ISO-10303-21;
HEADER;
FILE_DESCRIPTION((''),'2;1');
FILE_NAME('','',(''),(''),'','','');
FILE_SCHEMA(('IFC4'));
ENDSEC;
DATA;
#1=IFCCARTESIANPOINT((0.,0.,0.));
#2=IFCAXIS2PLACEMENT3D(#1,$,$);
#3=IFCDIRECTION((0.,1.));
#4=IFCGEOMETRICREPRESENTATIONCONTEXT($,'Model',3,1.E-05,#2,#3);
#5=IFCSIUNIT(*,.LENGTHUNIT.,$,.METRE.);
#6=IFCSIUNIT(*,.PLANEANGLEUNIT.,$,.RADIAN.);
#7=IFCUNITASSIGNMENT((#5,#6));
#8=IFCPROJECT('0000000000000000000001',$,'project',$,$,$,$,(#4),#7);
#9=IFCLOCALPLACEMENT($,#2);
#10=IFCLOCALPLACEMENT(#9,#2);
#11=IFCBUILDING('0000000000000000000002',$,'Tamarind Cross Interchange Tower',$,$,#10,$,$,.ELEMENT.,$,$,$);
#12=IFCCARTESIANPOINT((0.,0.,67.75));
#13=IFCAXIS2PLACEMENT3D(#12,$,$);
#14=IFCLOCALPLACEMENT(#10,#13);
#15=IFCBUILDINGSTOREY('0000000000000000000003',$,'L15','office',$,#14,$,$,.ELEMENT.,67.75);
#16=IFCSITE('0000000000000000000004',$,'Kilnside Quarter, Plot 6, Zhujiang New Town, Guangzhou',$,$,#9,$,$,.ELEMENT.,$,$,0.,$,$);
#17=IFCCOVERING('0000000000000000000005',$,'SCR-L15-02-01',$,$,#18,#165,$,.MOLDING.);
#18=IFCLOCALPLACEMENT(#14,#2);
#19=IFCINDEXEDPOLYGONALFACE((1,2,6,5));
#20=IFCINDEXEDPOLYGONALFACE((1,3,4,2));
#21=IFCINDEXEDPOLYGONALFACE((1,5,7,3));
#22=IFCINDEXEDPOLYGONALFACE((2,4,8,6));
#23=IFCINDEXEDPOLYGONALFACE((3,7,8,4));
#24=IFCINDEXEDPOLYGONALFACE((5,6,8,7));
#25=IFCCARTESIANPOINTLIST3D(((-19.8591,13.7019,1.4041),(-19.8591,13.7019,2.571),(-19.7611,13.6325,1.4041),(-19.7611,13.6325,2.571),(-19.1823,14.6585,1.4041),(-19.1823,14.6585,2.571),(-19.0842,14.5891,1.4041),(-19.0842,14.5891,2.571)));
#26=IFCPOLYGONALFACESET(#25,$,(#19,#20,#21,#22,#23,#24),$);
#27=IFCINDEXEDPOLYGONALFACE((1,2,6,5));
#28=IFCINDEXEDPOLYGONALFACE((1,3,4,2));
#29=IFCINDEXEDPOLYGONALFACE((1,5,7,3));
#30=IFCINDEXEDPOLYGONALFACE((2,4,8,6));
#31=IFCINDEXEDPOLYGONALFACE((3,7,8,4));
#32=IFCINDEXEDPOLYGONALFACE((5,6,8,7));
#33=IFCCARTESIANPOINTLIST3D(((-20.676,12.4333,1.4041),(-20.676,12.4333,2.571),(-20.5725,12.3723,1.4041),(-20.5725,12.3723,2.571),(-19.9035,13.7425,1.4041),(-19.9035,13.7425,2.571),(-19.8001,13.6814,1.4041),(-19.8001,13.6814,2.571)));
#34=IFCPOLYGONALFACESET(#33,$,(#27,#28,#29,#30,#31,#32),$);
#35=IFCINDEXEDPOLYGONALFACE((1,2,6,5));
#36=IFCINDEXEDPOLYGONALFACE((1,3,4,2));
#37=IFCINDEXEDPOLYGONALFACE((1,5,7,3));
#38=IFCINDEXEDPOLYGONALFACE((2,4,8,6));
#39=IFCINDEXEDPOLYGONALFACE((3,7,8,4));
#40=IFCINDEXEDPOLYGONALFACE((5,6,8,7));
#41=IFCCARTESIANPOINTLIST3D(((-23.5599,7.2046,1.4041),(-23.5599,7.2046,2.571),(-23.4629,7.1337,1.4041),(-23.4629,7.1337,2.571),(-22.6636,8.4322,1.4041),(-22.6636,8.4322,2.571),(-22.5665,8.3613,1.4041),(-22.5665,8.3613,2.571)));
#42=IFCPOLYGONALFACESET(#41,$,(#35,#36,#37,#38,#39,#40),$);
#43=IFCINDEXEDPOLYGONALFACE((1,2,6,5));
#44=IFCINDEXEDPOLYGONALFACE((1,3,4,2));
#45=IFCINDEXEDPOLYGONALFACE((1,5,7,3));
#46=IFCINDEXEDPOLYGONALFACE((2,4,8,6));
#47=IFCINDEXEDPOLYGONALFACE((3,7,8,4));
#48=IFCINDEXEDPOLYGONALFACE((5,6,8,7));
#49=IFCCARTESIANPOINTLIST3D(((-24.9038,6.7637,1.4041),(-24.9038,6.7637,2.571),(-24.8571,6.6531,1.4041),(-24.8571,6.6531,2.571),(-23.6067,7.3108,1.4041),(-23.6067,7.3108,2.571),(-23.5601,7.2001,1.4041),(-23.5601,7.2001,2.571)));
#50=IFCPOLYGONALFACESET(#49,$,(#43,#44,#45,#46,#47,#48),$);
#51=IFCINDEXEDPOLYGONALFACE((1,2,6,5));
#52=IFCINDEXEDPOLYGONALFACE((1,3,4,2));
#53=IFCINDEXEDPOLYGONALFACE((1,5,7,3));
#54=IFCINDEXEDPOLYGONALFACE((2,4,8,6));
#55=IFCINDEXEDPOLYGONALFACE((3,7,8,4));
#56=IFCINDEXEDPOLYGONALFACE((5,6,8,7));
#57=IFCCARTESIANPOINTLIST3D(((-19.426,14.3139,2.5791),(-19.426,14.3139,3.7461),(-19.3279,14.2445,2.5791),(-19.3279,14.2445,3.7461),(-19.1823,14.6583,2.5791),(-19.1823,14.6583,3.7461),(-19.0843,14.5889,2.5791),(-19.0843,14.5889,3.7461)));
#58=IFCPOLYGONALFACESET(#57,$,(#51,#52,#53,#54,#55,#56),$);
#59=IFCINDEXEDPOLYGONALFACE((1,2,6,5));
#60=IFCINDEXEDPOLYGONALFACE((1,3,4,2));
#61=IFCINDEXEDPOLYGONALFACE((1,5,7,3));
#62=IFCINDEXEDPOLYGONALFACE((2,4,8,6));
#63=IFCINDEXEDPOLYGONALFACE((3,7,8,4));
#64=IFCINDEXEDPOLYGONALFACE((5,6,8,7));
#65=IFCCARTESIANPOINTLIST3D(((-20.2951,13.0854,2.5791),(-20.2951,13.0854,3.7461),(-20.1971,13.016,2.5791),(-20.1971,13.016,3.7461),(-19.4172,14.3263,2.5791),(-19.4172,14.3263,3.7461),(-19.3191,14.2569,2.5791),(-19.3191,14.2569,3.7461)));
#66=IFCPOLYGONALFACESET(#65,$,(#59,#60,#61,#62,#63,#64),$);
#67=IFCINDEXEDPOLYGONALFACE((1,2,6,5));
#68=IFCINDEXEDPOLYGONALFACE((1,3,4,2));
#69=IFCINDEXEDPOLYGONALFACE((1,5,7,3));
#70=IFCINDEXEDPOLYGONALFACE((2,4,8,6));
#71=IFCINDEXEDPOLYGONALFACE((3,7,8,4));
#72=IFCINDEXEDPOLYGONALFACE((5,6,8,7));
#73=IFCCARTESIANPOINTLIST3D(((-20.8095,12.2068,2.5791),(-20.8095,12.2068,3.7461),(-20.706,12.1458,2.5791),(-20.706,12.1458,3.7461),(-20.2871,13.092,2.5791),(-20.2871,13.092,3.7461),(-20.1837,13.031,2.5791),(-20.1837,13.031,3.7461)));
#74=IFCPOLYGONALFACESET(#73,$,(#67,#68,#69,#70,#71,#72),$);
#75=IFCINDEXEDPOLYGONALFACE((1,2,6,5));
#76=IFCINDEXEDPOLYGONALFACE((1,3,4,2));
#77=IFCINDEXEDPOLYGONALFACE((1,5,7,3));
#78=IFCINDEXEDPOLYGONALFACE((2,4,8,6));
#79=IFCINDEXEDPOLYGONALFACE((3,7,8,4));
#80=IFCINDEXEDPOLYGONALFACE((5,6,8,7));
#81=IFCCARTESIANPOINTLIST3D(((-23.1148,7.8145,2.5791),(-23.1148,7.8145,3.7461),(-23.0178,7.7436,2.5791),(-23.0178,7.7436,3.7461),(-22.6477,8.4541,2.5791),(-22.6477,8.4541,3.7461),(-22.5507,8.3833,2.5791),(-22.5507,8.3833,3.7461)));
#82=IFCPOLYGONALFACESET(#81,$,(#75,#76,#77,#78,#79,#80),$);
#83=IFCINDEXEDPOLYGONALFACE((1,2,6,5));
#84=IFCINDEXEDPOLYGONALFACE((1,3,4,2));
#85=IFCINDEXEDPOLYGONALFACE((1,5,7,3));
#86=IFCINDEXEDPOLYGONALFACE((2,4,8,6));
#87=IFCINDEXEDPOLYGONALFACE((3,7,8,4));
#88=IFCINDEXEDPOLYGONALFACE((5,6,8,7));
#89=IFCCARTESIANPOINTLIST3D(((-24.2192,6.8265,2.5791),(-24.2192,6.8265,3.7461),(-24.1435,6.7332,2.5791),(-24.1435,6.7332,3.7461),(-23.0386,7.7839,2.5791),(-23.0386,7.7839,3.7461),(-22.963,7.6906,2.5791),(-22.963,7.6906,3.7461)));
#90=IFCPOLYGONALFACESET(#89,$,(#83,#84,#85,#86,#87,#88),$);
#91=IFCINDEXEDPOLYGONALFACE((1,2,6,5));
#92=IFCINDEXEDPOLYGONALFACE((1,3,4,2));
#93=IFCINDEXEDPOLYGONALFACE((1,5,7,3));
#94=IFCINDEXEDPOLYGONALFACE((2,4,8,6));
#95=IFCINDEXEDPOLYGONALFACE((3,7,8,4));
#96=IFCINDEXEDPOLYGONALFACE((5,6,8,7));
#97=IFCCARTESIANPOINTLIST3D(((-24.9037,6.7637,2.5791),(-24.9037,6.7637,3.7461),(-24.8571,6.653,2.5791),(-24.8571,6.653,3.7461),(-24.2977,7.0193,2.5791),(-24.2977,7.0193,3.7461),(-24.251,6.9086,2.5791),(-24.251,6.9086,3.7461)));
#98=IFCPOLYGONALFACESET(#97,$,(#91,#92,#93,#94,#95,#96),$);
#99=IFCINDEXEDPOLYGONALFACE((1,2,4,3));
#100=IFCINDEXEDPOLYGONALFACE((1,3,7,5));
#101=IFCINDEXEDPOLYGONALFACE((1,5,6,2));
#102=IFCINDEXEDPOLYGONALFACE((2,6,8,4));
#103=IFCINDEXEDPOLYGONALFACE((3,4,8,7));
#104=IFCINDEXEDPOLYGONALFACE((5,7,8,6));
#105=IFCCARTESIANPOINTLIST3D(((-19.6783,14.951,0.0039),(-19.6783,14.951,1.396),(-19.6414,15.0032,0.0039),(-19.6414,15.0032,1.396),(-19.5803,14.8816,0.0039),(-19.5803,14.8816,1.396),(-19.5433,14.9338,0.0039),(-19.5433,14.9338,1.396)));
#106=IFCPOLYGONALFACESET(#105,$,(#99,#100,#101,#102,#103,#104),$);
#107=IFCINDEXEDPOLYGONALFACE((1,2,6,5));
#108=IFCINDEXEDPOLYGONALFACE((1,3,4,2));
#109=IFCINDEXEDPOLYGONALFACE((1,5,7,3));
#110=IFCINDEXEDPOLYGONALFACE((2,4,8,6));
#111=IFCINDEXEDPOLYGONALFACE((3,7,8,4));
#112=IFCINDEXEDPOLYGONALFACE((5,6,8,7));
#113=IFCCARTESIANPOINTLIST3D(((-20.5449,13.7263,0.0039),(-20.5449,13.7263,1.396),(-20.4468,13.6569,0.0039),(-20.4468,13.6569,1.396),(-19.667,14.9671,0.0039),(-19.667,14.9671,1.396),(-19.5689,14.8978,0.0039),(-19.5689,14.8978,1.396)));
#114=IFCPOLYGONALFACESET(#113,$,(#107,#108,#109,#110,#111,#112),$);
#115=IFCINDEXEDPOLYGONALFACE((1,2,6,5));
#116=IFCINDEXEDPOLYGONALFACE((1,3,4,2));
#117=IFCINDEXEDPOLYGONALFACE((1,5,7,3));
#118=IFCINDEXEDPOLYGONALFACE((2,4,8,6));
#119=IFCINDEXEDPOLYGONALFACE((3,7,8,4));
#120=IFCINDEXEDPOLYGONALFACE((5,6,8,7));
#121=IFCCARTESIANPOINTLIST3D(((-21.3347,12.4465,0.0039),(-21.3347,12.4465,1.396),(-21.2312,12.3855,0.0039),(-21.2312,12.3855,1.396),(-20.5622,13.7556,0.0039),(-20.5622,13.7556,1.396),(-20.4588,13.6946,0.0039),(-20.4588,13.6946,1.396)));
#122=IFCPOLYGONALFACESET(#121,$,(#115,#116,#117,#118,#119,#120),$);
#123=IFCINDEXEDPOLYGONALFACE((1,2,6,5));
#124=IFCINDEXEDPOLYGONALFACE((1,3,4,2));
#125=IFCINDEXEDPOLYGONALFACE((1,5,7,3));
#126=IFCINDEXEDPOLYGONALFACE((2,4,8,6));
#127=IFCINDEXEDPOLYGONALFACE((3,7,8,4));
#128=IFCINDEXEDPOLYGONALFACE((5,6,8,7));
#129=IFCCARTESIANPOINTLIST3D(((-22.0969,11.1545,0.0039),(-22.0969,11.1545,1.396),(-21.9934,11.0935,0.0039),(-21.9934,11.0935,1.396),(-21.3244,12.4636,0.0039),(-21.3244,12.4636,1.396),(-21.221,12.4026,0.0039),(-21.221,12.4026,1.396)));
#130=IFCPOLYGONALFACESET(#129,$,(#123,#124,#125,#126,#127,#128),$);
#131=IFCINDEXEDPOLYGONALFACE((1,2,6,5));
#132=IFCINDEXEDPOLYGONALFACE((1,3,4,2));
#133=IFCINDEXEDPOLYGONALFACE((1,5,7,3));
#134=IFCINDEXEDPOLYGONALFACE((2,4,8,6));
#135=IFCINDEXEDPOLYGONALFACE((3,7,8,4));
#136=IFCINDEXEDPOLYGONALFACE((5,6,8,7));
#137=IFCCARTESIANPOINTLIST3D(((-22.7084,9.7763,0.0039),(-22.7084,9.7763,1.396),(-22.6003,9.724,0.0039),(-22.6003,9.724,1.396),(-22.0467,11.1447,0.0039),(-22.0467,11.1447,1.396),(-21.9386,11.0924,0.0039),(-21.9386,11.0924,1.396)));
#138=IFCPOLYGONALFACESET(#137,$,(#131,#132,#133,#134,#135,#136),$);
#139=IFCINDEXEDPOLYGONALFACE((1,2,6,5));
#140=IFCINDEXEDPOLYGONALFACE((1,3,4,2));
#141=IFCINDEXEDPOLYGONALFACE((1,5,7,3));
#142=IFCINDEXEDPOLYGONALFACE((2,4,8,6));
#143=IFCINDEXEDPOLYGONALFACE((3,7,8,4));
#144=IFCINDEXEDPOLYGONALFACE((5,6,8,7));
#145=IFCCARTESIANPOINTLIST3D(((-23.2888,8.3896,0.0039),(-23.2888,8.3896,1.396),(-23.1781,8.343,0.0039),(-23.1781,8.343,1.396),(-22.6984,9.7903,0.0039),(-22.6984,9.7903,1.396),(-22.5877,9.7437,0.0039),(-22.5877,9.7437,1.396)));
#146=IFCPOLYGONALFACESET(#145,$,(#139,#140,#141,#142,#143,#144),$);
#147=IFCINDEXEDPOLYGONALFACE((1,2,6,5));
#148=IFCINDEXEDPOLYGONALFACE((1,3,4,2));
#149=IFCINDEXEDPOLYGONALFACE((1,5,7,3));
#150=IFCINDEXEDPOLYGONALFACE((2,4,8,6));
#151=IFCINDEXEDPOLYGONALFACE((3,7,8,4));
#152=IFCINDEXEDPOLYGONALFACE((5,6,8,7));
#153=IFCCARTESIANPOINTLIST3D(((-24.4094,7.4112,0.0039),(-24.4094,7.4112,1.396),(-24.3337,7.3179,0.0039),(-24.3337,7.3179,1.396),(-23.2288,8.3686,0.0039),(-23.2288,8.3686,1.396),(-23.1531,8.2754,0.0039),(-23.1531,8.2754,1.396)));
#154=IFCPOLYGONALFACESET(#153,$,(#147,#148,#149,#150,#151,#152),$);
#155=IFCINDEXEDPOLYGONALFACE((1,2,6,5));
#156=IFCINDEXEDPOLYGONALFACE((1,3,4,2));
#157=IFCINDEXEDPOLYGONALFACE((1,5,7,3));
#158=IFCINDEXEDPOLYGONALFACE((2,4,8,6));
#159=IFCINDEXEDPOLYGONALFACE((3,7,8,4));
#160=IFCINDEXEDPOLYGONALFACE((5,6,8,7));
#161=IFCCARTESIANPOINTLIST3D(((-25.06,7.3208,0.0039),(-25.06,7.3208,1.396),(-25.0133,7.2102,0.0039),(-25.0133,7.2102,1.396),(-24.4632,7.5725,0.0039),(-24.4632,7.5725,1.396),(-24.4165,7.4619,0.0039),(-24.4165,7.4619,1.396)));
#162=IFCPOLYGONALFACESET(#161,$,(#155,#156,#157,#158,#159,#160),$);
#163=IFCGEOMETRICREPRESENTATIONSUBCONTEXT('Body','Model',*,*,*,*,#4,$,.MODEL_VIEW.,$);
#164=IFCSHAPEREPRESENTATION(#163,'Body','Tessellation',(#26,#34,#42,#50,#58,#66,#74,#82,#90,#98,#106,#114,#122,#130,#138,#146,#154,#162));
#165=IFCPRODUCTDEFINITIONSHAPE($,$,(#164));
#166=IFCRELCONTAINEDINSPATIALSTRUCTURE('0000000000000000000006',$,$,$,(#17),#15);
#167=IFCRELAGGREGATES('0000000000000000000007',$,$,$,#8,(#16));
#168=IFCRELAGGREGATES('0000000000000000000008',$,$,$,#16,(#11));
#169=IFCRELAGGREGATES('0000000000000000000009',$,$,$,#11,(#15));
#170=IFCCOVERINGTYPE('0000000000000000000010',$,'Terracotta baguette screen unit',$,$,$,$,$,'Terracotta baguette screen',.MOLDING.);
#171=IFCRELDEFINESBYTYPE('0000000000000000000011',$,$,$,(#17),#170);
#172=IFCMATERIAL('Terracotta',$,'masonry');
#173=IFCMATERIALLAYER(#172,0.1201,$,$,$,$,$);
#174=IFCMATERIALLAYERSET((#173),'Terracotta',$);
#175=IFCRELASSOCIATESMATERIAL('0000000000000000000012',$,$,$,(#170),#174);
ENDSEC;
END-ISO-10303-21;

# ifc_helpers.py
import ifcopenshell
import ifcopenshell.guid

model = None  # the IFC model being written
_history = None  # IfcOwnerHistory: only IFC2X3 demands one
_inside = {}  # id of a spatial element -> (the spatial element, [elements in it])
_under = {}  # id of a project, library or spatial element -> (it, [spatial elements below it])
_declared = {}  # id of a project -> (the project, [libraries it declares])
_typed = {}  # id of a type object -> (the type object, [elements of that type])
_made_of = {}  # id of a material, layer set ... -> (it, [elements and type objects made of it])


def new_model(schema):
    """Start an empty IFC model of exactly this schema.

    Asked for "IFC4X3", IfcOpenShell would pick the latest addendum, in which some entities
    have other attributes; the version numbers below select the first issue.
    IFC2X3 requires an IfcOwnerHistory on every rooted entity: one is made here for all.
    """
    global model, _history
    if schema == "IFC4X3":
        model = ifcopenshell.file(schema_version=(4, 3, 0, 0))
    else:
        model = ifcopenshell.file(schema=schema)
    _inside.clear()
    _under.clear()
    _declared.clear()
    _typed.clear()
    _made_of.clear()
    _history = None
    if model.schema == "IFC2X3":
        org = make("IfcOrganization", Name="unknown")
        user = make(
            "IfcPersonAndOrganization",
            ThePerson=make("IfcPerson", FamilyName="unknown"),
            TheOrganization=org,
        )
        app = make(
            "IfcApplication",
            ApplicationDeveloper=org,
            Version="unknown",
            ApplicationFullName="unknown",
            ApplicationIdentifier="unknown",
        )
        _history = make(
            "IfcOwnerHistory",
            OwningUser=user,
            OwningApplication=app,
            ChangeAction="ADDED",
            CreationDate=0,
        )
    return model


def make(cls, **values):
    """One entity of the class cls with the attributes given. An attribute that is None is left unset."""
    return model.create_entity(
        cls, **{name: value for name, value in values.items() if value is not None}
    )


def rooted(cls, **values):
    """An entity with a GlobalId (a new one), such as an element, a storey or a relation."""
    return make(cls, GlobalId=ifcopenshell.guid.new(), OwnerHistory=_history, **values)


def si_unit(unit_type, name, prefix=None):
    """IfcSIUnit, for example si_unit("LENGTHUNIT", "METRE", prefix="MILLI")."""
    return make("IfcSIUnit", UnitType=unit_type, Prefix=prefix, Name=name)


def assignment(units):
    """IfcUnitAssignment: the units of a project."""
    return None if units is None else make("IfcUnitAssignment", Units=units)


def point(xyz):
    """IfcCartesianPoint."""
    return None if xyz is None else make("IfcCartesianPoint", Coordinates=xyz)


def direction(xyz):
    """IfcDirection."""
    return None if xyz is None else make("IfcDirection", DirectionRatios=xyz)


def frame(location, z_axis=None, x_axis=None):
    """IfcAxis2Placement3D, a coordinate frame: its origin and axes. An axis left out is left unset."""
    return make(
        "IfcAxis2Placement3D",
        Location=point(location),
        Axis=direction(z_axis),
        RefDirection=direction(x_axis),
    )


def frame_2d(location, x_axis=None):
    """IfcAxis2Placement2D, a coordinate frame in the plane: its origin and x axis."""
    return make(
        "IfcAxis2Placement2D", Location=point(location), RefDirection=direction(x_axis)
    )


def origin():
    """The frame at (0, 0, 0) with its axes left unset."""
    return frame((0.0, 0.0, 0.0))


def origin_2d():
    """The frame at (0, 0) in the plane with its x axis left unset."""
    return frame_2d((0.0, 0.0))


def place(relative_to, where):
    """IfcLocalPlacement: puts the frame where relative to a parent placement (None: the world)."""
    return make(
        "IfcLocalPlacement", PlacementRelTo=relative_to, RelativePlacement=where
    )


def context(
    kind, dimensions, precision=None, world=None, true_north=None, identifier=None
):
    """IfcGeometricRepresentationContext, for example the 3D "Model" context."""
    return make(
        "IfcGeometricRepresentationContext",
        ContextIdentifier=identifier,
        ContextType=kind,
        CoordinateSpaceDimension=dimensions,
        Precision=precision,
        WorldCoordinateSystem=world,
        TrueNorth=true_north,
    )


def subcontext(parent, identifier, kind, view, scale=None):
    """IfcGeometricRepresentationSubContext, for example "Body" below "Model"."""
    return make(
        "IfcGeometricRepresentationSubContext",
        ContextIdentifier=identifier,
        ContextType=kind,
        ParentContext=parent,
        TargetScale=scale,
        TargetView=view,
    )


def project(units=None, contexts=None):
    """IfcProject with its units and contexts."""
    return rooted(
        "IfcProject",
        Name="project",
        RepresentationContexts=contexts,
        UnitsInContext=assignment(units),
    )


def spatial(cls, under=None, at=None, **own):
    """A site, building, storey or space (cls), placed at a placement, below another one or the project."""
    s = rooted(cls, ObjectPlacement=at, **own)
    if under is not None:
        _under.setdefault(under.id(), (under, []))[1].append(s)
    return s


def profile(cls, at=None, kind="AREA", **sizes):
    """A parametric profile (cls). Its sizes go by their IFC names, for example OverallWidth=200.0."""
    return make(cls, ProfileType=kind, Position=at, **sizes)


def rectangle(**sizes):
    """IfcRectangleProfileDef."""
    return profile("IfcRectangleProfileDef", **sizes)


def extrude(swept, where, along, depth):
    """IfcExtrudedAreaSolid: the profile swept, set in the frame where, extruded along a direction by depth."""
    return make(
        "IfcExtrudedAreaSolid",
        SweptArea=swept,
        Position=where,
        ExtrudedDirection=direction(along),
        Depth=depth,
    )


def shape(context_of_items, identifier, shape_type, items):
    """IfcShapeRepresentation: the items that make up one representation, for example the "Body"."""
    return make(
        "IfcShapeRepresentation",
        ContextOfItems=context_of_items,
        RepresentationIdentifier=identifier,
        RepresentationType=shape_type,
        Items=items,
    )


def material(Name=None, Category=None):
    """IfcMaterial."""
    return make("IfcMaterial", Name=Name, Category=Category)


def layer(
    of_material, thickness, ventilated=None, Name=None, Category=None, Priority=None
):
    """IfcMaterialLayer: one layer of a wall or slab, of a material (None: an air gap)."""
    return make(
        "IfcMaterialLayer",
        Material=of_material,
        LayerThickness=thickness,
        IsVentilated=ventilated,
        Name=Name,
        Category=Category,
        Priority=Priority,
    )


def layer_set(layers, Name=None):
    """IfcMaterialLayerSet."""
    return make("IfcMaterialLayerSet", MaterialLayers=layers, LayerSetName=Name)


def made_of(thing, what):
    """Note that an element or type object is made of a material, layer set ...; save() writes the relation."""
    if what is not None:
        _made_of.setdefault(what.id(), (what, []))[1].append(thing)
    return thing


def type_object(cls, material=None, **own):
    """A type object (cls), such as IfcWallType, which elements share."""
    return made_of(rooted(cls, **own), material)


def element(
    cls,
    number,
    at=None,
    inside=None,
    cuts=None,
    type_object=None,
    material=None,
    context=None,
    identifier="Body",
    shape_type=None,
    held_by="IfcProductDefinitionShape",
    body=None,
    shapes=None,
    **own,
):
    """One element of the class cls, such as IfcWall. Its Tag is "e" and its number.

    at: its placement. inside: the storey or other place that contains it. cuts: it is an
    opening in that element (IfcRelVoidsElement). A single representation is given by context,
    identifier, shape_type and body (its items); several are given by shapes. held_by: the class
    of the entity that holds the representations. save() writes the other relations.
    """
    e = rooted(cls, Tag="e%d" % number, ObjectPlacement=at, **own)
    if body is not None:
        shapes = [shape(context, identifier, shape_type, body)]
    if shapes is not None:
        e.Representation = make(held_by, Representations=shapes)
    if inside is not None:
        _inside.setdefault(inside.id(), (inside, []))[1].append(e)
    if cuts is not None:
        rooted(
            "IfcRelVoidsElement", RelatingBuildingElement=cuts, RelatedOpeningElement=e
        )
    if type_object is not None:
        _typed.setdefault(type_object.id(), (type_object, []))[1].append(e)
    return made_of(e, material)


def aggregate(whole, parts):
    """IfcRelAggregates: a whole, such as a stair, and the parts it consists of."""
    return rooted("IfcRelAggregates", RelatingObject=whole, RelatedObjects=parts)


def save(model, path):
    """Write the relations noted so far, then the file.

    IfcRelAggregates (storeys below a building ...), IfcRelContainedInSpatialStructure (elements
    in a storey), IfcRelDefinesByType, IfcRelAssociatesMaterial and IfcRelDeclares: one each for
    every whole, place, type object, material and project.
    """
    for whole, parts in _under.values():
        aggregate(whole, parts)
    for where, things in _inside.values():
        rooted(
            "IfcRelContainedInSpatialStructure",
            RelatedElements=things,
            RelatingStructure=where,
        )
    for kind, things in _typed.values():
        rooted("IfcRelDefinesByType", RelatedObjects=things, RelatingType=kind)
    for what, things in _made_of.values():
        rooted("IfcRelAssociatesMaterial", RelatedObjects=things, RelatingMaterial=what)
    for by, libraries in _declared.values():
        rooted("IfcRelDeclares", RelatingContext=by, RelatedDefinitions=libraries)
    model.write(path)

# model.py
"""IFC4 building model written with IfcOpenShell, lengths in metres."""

from ifc_helpers import new_model, si_unit, direction, frame, origin, origin_2d, place, context, subcontext, project, spatial, rectangle, extrude, material, layer, layer_set, type_object, element, save


model = new_model("IFC4")

# Units and contexts
model_context = context("Model", 3, precision=1e-05, world=origin(), true_north=direction((0.0, 1.0)))
body_context = subcontext(model_context, "Body", "Model", "MODEL_VIEW")
ifc_project = project(units=[si_unit("LENGTHUNIT", "METRE"), si_unit("PLANEANGLEUNIT", "RADIAN")], contexts=[model_context])

# Site, building, storey
site_placement = place(None, origin())
site = spatial("IfcSite", under=ifc_project, at=site_placement, Name="Kilnside Quarter, Plot 6, Zhujiang New Town, Guangzhou", CompositionType="ELEMENT", RefElevation=0.0)
building_placement = place(site_placement, origin())
building = spatial("IfcBuilding", under=site, at=building_placement, Name="Tamarind Cross Interchange Tower", CompositionType="ELEMENT")
storey_placement = place(building_placement, frame((0.0, 0.0, 67.75)))
storey = spatial("IfcBuildingStorey", under=building, at=storey_placement, Name="L15", Description="office", CompositionType="ELEMENT", Elevation=67.75)

# Covering
ifc_material_1 = material(Name="Terracotta", Category="masonry")
ifc_layer_1 = layer(ifc_material_1, 0.1201)
ifc_layer_set_1 = layer_set([ifc_layer_1], Name="Terracotta")
covering_type = type_object("IfcCoveringType", Name="Terracotta baguette screen unit", ElementType="Terracotta baguette screen", PredefinedType="MOLDING", material=ifc_layer_set_1)
covering_1_placement = place(storey_placement, origin())
element("IfcCovering", 1, at=covering_1_placement, inside=storey, type_object=covering_type, Name="SCR-L15-02-01", PredefinedType="MOLDING", context=body_context, shape_type="SweptSolid", body=[
    extrude(rectangle(XDim=1.1719, YDim=0.1201, at=origin_2d()), frame((-19.4717, 14.1455, 1.4041), z_axis=(0.0, 0.0, 1.0), x_axis=(-0.577569, -0.816342, 0.0)), (0.0, 0.0, 1.0), 1.167),
    extrude(rectangle(XDim=1.52, YDim=0.1201, at=origin_2d()), frame((-20.238, 13.0574, 1.4041), z_axis=(0.0, 0.0, 1.0), x_axis=(-0.508183, -0.861249, 0.0)), (0.0, 0.0, 1.0), 1.167),
    extrude(rectangle(XDim=1.52, YDim=0.1201, at=origin_2d()), frame((-23.0632, 7.783, 1.4041), z_axis=(0.0, 0.0, 1.0), x_axis=(-0.589705, -0.807619, 0.0)), (0.0, 0.0, 1.0), 1.167),
    extrude(rectangle(XDim=1.4077, YDim=0.1201, at=origin_2d()), frame((-24.2319, 6.9819, 1.4041), z_axis=(0.0, 0.0, 1.0), x_axis=(-0.921404, -0.388606, 0.0)), (0.0, 0.0, 1.0), 1.167),
    extrude(rectangle(XDim=0.4219, YDim=0.1201, at=origin_2d()), frame((-19.2551, 14.4514, 2.5791), z_axis=(0.0, 0.0, 1.0), x_axis=(-0.577569, -0.816342, 0.0)), (0.0, 0.0, 1.0), 1.167),
    extrude(rectangle(XDim=1.52, YDim=0.1201, at=origin_2d()), frame((-19.8071, 13.6711, 2.5791), z_axis=(0.0, 0.0, 1.0), x_axis=(-0.577569, -0.816342, 0.0)), (0.0, 0.0, 1.0), 1.167),
    extrude(rectangle(XDim=1.0278, YDim=0.1201, at=origin_2d()), frame((-20.4966, 12.6189, 2.5791), z_axis=(0.0, 0.0, 1.0), x_axis=(-0.508183, -0.861249, 0.0)), (0.0, 0.0, 1.0), 1.167),
    extrude(rectangle(XDim=0.792, YDim=0.1201, at=origin_2d()), frame((-22.8328, 8.0989, 2.5791), z_axis=(0.0, 0.0, 1.0), x_axis=(-0.589705, -0.807619, 0.0)), (0.0, 0.0, 1.0), 1.167),
    extrude(rectangle(XDim=1.52, YDim=0.1201, at=origin_2d()), frame((-23.5911, 7.2585, 2.5791), z_axis=(0.0, 0.0, 1.0), x_axis=(-0.776666, -0.629913, 0.0)), (0.0, 0.0, 1.0), 1.167),
    extrude(rectangle(XDim=0.6577, YDim=0.1201, at=origin_2d()), frame((-24.5774, 6.8362, 2.5791), z_axis=(0.0, 0.0, 1.0), x_axis=(-0.921404, -0.388606, 0.0)), (0.0, 0.0, 1.0), 1.167),
    extrude(rectangle(XDim=0.064, YDim=0.1201, at=origin_2d()), frame((-19.6108, 14.9424, 0.0039), z_axis=(0.0, 0.0, 1.0), x_axis=(-0.577569, -0.816342, 0.0)), (0.0, 0.0, 1.0), 1.3921),
    extrude(rectangle(XDim=1.52, YDim=0.1201, at=origin_2d()), frame((-20.0569, 14.312, 0.0039), z_axis=(0.0, 0.0, 1.0), x_axis=(-0.577569, -0.816342, 0.0)), (0.0, 0.0, 1.0), 1.3921),
    extrude(rectangle(XDim=1.52, YDim=0.1201, at=origin_2d()), frame((-20.8967, 13.0706, 0.0039), z_axis=(0.0, 0.0, 1.0), x_axis=(-0.508183, -0.861249, 0.0)), (0.0, 0.0, 1.0), 1.3921),
    extrude(rectangle(XDim=1.52, YDim=0.1201, at=origin_2d()), frame((-21.6589, 11.7786, 0.0039), z_axis=(0.0, 0.0, 1.0), x_axis=(-0.508183, -0.861249, 0.0)), (0.0, 0.0, 1.0), 1.3921),
    extrude(rectangle(XDim=1.52, YDim=0.1201, at=origin_2d()), frame((-22.3235, 10.4343, 0.0039), z_axis=(0.0, 0.0, 1.0), x_axis=(-0.435326, -0.900273, 0.0)), (0.0, 0.0, 1.0), 1.3921),
    extrude(rectangle(XDim=1.52, YDim=0.1201, at=origin_2d()), frame((-22.9382, 9.0667, 0.0039), z_axis=(0.0, 0.0, 1.0), x_axis=(-0.388422, -0.921481, 0.0)), (0.0, 0.0, 1.0), 1.3921),
    extrude(rectangle(XDim=1.52, YDim=0.1201, at=origin_2d()), frame((-23.7812, 7.8433, 0.0039), z_axis=(0.0, 0.0, 1.0), x_axis=(-0.776666, -0.629913, 0.0)), (0.0, 0.0, 1.0), 1.3921),
    extrude(rectangle(XDim=0.6477, YDim=0.1201, at=origin_2d()), frame((-24.7383, 7.3914, 0.0039), z_axis=(0.0, 0.0, 1.0), x_axis=(-0.921404, -0.388606, 0.0)), (0.0, 0.0, 1.0), 1.3921),
])

save(model, "model.ifc")
